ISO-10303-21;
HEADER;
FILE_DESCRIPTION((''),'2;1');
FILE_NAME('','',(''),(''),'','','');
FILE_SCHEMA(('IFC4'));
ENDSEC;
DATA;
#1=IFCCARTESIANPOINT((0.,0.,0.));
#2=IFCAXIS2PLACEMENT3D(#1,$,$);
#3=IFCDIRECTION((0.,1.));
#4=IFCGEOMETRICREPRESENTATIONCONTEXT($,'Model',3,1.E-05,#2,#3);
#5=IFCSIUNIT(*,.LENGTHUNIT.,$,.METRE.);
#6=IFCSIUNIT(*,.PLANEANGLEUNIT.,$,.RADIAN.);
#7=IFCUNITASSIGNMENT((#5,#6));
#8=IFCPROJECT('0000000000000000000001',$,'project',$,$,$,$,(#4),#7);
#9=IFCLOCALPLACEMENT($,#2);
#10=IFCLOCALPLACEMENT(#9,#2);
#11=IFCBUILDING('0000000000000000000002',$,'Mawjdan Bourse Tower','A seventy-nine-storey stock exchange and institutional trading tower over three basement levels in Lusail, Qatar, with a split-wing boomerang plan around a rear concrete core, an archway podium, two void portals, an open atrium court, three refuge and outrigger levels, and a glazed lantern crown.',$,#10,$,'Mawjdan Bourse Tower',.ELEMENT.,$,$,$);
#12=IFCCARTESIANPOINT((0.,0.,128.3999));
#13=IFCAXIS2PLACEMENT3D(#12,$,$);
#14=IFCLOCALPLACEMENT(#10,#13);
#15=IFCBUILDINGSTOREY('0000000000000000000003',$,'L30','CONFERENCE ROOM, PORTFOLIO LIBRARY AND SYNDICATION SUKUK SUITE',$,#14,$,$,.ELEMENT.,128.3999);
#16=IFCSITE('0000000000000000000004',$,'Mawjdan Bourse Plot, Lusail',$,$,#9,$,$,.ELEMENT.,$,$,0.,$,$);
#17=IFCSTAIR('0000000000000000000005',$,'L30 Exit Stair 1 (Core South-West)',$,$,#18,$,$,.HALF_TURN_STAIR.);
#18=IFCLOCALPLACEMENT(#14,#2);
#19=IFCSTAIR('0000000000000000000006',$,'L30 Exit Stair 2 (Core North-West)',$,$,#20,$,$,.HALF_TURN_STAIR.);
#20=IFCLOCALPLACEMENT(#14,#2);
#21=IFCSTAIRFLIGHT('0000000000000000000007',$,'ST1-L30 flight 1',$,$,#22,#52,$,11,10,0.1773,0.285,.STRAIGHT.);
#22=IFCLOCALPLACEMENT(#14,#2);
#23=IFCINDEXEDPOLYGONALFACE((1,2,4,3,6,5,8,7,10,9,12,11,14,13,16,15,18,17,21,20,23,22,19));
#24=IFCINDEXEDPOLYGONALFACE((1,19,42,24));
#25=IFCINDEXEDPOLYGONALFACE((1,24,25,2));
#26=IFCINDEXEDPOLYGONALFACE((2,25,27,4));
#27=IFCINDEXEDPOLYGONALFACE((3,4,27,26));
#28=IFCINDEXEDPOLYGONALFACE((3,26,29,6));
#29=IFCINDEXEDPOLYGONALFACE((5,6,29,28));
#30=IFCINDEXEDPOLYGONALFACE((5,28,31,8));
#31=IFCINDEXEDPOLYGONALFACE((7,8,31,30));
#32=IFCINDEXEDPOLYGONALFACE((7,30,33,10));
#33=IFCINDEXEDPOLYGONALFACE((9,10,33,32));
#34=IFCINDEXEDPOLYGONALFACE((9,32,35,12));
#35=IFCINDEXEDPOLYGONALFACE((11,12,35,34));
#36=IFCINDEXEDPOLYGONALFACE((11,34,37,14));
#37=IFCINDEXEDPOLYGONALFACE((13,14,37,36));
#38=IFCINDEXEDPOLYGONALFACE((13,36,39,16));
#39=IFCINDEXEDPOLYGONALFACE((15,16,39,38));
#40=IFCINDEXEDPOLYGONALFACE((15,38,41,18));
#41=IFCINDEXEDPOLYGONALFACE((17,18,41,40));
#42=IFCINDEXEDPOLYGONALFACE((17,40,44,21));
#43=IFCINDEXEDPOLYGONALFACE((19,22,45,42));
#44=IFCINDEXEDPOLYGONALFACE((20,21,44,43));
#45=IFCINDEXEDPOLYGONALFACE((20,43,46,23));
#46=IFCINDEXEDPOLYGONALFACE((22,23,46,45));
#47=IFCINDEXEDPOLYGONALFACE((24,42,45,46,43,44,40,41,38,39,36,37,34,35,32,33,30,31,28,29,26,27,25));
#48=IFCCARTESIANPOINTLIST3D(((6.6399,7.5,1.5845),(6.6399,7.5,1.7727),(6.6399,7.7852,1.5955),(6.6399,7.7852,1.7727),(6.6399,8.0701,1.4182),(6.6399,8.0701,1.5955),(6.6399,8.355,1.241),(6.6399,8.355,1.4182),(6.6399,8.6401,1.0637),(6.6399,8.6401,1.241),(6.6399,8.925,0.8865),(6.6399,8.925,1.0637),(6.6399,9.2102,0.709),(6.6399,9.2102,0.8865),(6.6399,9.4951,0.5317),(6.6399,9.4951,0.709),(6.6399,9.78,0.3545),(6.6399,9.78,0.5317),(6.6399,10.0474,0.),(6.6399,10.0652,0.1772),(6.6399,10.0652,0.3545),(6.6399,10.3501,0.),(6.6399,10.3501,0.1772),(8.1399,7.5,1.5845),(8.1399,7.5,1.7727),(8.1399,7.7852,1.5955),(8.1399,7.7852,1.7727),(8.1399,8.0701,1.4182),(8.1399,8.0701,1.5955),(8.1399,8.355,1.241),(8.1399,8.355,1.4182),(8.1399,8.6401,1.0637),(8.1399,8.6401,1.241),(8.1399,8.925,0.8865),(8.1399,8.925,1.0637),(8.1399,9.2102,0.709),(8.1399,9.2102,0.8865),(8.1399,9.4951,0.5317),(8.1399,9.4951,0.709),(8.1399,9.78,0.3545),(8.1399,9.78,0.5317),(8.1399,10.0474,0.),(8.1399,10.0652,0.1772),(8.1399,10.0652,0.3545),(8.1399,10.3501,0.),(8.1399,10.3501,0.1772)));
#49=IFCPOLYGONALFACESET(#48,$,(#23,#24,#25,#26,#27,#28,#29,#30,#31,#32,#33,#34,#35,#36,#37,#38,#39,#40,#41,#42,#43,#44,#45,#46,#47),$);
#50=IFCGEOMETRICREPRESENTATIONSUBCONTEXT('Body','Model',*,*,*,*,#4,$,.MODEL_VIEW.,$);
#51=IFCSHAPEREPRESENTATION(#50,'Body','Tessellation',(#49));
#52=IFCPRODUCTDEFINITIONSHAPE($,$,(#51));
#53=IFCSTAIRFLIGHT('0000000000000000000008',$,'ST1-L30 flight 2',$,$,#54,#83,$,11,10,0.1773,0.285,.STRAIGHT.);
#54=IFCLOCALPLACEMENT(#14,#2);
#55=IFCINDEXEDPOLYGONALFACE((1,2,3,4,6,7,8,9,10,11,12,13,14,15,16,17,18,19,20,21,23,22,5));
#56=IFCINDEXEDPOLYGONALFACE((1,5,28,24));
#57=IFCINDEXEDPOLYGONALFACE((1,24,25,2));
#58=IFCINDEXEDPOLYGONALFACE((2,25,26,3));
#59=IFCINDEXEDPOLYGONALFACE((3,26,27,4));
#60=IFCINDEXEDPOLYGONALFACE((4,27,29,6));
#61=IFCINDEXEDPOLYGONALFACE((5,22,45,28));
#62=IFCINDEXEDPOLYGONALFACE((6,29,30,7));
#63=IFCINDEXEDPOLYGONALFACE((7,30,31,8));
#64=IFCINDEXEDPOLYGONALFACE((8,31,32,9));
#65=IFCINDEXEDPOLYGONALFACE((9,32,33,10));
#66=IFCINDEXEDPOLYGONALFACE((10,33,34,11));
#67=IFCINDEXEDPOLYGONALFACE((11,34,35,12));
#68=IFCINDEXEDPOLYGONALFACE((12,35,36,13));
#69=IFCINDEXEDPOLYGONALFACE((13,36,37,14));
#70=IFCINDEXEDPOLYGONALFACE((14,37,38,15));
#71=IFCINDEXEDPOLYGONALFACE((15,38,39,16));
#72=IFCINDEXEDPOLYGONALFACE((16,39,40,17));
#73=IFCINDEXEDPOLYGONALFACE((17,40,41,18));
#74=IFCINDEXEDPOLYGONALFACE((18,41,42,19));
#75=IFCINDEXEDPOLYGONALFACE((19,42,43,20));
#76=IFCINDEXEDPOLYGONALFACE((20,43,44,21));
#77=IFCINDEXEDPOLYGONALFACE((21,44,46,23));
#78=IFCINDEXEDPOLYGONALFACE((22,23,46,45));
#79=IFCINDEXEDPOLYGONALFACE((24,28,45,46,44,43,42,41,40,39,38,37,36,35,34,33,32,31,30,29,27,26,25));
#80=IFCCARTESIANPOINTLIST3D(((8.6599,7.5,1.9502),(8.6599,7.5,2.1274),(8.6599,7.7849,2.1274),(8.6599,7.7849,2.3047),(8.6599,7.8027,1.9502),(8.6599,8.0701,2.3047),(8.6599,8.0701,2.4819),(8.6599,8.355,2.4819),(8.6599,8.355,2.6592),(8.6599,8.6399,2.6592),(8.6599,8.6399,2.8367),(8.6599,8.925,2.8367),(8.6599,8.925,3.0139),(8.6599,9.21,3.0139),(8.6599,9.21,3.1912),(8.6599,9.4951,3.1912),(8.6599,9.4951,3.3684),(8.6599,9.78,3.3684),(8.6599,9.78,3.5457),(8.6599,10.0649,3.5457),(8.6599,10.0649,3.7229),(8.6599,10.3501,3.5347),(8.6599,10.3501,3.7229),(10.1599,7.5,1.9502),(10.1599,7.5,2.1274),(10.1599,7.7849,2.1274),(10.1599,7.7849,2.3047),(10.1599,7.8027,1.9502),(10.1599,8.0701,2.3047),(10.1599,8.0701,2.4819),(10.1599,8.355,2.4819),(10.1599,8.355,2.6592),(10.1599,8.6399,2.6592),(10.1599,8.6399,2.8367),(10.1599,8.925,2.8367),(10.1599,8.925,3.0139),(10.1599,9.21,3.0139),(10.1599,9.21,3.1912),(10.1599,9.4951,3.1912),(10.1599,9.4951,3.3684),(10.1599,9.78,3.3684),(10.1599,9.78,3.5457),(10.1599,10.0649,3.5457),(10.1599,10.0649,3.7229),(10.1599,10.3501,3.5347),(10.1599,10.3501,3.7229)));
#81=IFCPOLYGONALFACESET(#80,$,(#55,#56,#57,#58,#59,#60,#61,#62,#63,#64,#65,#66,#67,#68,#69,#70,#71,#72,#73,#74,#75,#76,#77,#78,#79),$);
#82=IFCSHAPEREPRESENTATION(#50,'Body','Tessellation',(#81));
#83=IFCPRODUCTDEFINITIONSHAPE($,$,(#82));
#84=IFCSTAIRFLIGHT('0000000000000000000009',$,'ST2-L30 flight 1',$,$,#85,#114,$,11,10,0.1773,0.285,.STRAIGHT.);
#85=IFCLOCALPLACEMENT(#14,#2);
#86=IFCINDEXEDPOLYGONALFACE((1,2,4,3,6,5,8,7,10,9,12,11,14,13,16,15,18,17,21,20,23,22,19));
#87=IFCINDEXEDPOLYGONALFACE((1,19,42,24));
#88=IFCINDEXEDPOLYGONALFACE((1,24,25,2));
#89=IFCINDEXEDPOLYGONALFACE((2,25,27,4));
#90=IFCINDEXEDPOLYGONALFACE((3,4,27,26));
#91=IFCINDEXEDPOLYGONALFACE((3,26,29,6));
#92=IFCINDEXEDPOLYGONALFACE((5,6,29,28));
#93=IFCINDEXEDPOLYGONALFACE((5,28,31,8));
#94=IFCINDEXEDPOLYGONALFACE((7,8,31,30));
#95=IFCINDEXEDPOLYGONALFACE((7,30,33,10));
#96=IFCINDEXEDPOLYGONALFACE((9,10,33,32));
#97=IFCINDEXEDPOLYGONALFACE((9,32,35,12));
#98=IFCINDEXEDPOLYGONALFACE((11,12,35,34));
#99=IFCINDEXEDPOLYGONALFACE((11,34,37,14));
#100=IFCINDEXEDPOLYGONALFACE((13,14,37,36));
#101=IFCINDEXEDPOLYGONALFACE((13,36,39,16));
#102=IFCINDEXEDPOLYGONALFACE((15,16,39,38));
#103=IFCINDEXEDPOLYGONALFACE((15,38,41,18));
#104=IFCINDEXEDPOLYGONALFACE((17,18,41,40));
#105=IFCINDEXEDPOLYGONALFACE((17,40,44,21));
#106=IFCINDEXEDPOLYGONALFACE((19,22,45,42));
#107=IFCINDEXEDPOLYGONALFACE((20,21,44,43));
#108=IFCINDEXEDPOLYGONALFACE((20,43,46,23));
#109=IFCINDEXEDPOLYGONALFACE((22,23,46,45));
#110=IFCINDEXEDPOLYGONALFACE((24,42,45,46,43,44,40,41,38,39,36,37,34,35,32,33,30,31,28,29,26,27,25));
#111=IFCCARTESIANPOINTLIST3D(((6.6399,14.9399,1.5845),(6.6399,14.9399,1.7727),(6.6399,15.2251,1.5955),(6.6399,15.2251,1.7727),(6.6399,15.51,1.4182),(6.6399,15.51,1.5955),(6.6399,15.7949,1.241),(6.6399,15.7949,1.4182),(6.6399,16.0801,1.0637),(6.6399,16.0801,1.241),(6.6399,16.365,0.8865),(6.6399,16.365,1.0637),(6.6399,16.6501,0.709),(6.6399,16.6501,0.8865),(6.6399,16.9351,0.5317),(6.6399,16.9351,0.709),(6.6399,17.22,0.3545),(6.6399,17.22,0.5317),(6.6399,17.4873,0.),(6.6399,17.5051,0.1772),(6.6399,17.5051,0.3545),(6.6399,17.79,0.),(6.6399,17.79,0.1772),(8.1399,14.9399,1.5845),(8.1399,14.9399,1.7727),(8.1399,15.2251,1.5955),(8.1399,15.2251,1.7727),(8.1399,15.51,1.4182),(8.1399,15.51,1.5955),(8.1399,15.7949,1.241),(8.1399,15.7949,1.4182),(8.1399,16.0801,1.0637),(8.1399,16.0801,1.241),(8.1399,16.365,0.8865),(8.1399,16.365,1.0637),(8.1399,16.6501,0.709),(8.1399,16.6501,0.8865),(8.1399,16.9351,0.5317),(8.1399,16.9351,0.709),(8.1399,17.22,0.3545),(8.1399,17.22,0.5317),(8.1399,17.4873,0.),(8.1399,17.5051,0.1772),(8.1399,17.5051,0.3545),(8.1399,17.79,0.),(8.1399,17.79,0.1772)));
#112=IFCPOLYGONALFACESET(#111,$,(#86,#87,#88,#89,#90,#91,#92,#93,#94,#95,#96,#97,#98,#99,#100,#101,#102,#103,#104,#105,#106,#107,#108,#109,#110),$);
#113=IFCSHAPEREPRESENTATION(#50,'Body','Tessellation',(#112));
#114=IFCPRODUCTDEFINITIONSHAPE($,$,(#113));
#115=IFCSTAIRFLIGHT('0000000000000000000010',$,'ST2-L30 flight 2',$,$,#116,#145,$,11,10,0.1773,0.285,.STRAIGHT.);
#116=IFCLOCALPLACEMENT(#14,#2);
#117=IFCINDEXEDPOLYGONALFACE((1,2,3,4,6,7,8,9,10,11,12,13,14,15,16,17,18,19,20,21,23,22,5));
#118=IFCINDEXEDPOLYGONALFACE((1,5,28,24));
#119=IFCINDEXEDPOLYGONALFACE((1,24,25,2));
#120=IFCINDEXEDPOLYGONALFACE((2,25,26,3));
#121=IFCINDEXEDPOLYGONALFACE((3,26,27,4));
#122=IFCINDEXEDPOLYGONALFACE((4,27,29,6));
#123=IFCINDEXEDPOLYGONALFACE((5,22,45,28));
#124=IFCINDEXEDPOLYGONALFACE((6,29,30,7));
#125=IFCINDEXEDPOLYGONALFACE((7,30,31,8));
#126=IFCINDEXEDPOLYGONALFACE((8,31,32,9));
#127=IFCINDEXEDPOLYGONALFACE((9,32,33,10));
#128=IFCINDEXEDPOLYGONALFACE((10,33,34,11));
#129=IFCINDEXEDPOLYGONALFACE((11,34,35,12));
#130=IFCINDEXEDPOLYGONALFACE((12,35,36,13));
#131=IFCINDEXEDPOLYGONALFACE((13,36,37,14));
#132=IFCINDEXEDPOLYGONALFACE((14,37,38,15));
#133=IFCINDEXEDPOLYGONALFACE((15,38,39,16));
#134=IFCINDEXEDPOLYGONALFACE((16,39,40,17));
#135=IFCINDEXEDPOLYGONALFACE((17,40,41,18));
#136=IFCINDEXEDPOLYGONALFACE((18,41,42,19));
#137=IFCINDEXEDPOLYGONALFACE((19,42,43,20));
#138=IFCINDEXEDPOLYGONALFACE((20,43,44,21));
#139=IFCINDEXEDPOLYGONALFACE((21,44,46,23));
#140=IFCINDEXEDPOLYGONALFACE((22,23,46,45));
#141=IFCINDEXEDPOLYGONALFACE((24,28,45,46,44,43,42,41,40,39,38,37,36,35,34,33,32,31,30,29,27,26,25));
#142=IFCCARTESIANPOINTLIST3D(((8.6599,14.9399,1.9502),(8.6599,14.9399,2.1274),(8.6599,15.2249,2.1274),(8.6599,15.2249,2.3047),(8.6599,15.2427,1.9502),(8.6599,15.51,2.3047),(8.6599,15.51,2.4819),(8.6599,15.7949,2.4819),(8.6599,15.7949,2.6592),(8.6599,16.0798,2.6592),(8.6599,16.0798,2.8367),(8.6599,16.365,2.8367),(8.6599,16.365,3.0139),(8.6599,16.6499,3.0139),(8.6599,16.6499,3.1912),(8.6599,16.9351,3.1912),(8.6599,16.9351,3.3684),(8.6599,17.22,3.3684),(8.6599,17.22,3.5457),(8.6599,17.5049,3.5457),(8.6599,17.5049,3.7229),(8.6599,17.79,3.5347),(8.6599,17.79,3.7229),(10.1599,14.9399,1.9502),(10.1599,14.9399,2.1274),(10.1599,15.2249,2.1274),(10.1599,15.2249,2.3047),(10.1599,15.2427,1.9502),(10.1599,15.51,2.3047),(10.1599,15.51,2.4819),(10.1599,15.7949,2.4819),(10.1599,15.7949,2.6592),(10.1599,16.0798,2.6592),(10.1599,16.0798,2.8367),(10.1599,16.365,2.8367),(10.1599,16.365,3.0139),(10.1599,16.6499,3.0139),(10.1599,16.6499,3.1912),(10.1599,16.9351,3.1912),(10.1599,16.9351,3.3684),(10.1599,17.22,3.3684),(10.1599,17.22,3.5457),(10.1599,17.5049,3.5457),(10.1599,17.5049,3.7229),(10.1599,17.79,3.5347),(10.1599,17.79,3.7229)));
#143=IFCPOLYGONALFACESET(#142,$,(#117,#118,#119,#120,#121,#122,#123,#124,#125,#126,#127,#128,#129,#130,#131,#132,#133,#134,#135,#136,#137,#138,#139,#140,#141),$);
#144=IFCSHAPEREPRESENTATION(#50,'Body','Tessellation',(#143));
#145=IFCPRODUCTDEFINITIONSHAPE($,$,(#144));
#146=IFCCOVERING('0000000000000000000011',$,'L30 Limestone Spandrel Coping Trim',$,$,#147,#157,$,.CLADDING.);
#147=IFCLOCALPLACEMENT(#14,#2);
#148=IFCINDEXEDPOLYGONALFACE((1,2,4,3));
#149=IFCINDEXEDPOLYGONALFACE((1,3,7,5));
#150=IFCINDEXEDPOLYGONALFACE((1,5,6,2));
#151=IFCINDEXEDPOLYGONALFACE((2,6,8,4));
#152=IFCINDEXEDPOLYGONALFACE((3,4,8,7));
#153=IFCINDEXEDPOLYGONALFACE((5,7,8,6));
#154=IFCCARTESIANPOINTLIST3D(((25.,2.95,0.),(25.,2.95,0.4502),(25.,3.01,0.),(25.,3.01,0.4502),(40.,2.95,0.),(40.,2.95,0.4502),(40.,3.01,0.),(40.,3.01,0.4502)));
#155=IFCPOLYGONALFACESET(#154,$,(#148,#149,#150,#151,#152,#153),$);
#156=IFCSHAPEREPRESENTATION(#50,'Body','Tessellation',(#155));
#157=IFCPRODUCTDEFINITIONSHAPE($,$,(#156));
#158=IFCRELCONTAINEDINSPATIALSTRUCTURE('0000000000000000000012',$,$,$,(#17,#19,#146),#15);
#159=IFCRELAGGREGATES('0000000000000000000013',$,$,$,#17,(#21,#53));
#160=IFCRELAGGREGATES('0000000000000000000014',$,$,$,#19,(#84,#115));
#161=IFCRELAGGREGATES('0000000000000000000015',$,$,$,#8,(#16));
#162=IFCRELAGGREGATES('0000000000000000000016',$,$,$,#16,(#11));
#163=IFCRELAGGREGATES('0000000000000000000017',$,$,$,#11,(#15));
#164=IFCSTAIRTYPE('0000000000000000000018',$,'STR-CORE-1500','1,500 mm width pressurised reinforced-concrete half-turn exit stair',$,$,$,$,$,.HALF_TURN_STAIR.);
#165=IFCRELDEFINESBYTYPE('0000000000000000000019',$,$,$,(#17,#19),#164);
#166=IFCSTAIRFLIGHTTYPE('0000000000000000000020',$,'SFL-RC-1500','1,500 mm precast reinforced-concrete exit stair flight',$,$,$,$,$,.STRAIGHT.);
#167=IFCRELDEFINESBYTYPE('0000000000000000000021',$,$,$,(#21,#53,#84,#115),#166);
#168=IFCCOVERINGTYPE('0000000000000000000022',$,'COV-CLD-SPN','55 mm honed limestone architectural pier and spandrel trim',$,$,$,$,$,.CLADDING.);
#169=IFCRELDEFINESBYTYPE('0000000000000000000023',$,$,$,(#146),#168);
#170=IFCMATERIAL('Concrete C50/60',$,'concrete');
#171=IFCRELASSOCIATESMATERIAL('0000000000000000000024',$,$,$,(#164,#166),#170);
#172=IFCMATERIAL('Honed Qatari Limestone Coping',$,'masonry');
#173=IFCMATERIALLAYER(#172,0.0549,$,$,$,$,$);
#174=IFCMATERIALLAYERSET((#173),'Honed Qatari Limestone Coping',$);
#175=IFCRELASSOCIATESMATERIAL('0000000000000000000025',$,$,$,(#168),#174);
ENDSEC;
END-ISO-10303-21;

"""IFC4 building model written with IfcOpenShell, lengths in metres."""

from ifc_helpers import new_model, si_unit, direction, frame, origin, place, context, subcontext, project, spatial, polyline, outline, extrude, material, layer, layer_set, type_object, element, aggregate, save


model = new_model("IFC4")

# Units and contexts
model_context = context("Model", 3, precision=1e-05, world=origin(), true_north=direction((0.0, 1.0)))
body_context = subcontext(model_context, "Body", "Model", "MODEL_VIEW")
ifc_project = project(units=[si_unit("LENGTHUNIT", "METRE"), si_unit("PLANEANGLEUNIT", "RADIAN")], contexts=[model_context])

# Site, building, storey
site_placement = place(None, origin())
site = spatial("IfcSite", under=ifc_project, at=site_placement, Name="Mawjdan Bourse Plot, Lusail", CompositionType="ELEMENT", RefElevation=0.0)
building_placement = place(site_placement, origin())
building = spatial("IfcBuilding", under=site, at=building_placement, Name="Mawjdan Bourse Tower", Description="A seventy-nine-storey stock exchange and institutional trading tower over three basement levels in Lusail, Qatar, with a split-wing boomerang plan around a rear concrete core, an archway podium, two void portals, an open atrium court, three refuge and outrigger levels, and a glazed lantern crown.", LongName="Mawjdan Bourse Tower", CompositionType="ELEMENT")
storey_placement = place(building_placement, frame((0.0, 0.0, 128.3999)))
storey = spatial("IfcBuildingStorey", under=building, at=storey_placement, Name="L30", Description="CONFERENCE ROOM, PORTFOLIO LIBRARY AND SYNDICATION SUKUK SUITE", CompositionType="ELEMENT", Elevation=128.3999)

# Stairs
ifc_material_1 = material(Name="Concrete C50/60", Category="concrete")
stair_type = type_object("IfcStairType", Name="STR-CORE-1500", Description="1,500 mm width pressurised reinforced-concrete half-turn exit stair", PredefinedType="HALF_TURN_STAIR", material=ifc_material_1)
stair_1_placement = place(storey_placement, origin())
stair_1 = element("IfcStair", 1, at=stair_1_placement, inside=storey, type_object=stair_type, Name="L30 Exit Stair 1 (Core South-West)", PredefinedType="HALF_TURN_STAIR")
stair_2_placement = place(storey_placement, origin())
stair_2 = element("IfcStair", 2, at=stair_2_placement, inside=storey, type_object=stair_type, Name="L30 Exit Stair 2 (Core North-West)", PredefinedType="HALF_TURN_STAIR")

# Stair flights
stair_flight_type = type_object("IfcStairFlightType", Name="SFL-RC-1500", Description="1,500 mm precast reinforced-concrete exit stair flight", PredefinedType="STRAIGHT", material=ifc_material_1)
stair_flight_1_placement = place(storey_placement, frame((7.3899, 10.3501, 0.0), z_axis=(0.0, 0.0, 1.0), x_axis=(0.0, -1.0, 0.0)))
stair_flight_1 = element("IfcStairFlight", 3, at=stair_flight_1_placement, type_object=stair_flight_type, Name="ST1-L30 flight 1", NumberOfRisers=11, NumberOfTreads=10, PredefinedType="STRAIGHT", RiserHeight=0.1773, TreadLength=0.285, context=body_context, shape_type="SweptSolid", body=[
    extrude(outline(polyline([(0.0, 0.0), (0.0, 0.1772), (0.2849, 0.1772), (0.2849, 0.3545), (0.5701, 0.3545), (0.5701, 0.5317), (0.855, 0.5317), (0.855, 0.709), (1.1399, 0.709), (1.1399, 0.8865), (1.425, 0.8865), (1.425, 1.0637), (1.71, 1.0637), (1.71, 1.241), (1.9951, 1.241), (1.9951, 1.4182), (2.28, 1.4182), (2.28, 1.5955), (2.5649, 1.5955), (2.5649, 1.7727), (2.8501, 1.7727), (2.8501, 1.95), (2.8501, 1.5845), (0.3027, 0.0), (0.0, 0.0)])), frame((0.0, 0.75, 0.0), z_axis=(0.0, -1.0, 0.0), x_axis=(1.0, 0.0, 0.0)), (0.0, 0.0, 1.0), 1.5),
])
stair_flight_2_placement = place(storey_placement, frame((9.4099, 7.5, 1.9502), z_axis=(0.0, 0.0, 1.0), x_axis=(0.0, 1.0, 0.0)))
stair_flight_2 = element("IfcStairFlight", 4, at=stair_flight_2_placement, type_object=stair_flight_type, Name="ST1-L30 flight 2", NumberOfRisers=11, NumberOfTreads=10, PredefinedType="STRAIGHT", RiserHeight=0.1773, TreadLength=0.285, context=body_context, shape_type="SweptSolid", body=[
    extrude(outline(polyline([(0.0, 0.0), (0.0, 0.1772), (0.2849, 0.1772), (0.2849, 0.3545), (0.5701, 0.3545), (0.5701, 0.5317), (0.855, 0.5317), (0.855, 0.709), (1.1399, 0.709), (1.1399, 0.8865), (1.425, 0.8865), (1.425, 1.0637), (1.71, 1.0637), (1.71, 1.241), (1.9951, 1.241), (1.9951, 1.4182), (2.28, 1.4182), (2.28, 1.5955), (2.5649, 1.5955), (2.5649, 1.7727), (2.8501, 1.7727), (2.8501, 1.95), (2.8501, 1.5845), (0.3027, 0.0), (0.0, 0.0)])), frame((0.0, 0.75, 0.0), z_axis=(0.0, -1.0, 0.0), x_axis=(1.0, 0.0, 0.0)), (0.0, 0.0, 1.0), 1.5),
])
aggregate(stair_1, [stair_flight_1, stair_flight_2])
stair_flight_3_placement = place(storey_placement, frame((7.3899, 17.79, 0.0), z_axis=(0.0, 0.0, 1.0), x_axis=(0.0, -1.0, 0.0)))
stair_flight_3 = element("IfcStairFlight", 5, at=stair_flight_3_placement, type_object=stair_flight_type, Name="ST2-L30 flight 1", NumberOfRisers=11, NumberOfTreads=10, PredefinedType="STRAIGHT", RiserHeight=0.1773, TreadLength=0.285, context=body_context, shape_type="SweptSolid", body=[
    extrude(outline(polyline([(0.0, 0.0), (0.0, 0.1772), (0.2849, 0.1772), (0.2849, 0.3545), (0.5701, 0.3545), (0.5701, 0.5317), (0.855, 0.5317), (0.855, 0.709), (1.1399, 0.709), (1.1399, 0.8865), (1.425, 0.8865), (1.425, 1.0637), (1.71, 1.0637), (1.71, 1.241), (1.9951, 1.241), (1.9951, 1.4182), (2.28, 1.4182), (2.28, 1.5955), (2.5649, 1.5955), (2.5649, 1.7727), (2.8501, 1.7727), (2.8501, 1.95), (2.8501, 1.5845), (0.3027, 0.0), (0.0, 0.0)])), frame((0.0, 0.75, 0.0), z_axis=(0.0, -1.0, 0.0), x_axis=(1.0, 0.0, 0.0)), (0.0, 0.0, 1.0), 1.5),
])
stair_flight_4_placement = place(storey_placement, frame((9.4099, 14.9399, 1.9502), z_axis=(0.0, 0.0, 1.0), x_axis=(0.0, 1.0, 0.0)))
stair_flight_4 = element("IfcStairFlight", 6, at=stair_flight_4_placement, type_object=stair_flight_type, Name="ST2-L30 flight 2", NumberOfRisers=11, NumberOfTreads=10, PredefinedType="STRAIGHT", RiserHeight=0.1773, TreadLength=0.285, context=body_context, shape_type="SweptSolid", body=[
    extrude(outline(polyline([(0.0, 0.0), (0.0, 0.1772), (0.2849, 0.1772), (0.2849, 0.3545), (0.5701, 0.3545), (0.5701, 0.5317), (0.855, 0.5317), (0.855, 0.709), (1.1399, 0.709), (1.1399, 0.8865), (1.425, 0.8865), (1.425, 1.0637), (1.71, 1.0637), (1.71, 1.241), (1.9951, 1.241), (1.9951, 1.4182), (2.28, 1.4182), (2.28, 1.5955), (2.5649, 1.5955), (2.5649, 1.7727), (2.8501, 1.7727), (2.8501, 1.95), (2.8501, 1.5845), (0.3027, 0.0), (0.0, 0.0)])), frame((0.0, 0.75, 0.0), z_axis=(0.0, -1.0, 0.0), x_axis=(1.0, 0.0, 0.0)), (0.0, 0.0, 1.0), 1.5),
])
aggregate(stair_2, [stair_flight_3, stair_flight_4])

# Covering
ifc_material_2 = material(Name="Honed Qatari Limestone Coping", Category="masonry")
ifc_layer_1 = layer(ifc_material_2, 0.0549)
ifc_layer_set_1 = layer_set([ifc_layer_1], Name="Honed Qatari Limestone Coping")
covering_type = type_object("IfcCoveringType", Name="COV-CLD-SPN", Description="55 mm honed limestone architectural pier and spandrel trim", PredefinedType="CLADDING", material=ifc_layer_set_1)
covering_placement = place(storey_placement, origin())
element("IfcCovering", 7, at=covering_placement, inside=storey, type_object=covering_type, Name="L30 Limestone Spandrel Coping Trim", PredefinedType="CLADDING", context=body_context, shape_type="SweptSolid", body=[
    extrude(outline(polyline([(25.0, 2.95), (40.0, 2.95), (40.0, 3.01), (25.0, 3.01), (25.0, 2.95)])), origin(), (0.0, 0.0, 1.0), 0.4502),
])

save(model, "model.ifc")
